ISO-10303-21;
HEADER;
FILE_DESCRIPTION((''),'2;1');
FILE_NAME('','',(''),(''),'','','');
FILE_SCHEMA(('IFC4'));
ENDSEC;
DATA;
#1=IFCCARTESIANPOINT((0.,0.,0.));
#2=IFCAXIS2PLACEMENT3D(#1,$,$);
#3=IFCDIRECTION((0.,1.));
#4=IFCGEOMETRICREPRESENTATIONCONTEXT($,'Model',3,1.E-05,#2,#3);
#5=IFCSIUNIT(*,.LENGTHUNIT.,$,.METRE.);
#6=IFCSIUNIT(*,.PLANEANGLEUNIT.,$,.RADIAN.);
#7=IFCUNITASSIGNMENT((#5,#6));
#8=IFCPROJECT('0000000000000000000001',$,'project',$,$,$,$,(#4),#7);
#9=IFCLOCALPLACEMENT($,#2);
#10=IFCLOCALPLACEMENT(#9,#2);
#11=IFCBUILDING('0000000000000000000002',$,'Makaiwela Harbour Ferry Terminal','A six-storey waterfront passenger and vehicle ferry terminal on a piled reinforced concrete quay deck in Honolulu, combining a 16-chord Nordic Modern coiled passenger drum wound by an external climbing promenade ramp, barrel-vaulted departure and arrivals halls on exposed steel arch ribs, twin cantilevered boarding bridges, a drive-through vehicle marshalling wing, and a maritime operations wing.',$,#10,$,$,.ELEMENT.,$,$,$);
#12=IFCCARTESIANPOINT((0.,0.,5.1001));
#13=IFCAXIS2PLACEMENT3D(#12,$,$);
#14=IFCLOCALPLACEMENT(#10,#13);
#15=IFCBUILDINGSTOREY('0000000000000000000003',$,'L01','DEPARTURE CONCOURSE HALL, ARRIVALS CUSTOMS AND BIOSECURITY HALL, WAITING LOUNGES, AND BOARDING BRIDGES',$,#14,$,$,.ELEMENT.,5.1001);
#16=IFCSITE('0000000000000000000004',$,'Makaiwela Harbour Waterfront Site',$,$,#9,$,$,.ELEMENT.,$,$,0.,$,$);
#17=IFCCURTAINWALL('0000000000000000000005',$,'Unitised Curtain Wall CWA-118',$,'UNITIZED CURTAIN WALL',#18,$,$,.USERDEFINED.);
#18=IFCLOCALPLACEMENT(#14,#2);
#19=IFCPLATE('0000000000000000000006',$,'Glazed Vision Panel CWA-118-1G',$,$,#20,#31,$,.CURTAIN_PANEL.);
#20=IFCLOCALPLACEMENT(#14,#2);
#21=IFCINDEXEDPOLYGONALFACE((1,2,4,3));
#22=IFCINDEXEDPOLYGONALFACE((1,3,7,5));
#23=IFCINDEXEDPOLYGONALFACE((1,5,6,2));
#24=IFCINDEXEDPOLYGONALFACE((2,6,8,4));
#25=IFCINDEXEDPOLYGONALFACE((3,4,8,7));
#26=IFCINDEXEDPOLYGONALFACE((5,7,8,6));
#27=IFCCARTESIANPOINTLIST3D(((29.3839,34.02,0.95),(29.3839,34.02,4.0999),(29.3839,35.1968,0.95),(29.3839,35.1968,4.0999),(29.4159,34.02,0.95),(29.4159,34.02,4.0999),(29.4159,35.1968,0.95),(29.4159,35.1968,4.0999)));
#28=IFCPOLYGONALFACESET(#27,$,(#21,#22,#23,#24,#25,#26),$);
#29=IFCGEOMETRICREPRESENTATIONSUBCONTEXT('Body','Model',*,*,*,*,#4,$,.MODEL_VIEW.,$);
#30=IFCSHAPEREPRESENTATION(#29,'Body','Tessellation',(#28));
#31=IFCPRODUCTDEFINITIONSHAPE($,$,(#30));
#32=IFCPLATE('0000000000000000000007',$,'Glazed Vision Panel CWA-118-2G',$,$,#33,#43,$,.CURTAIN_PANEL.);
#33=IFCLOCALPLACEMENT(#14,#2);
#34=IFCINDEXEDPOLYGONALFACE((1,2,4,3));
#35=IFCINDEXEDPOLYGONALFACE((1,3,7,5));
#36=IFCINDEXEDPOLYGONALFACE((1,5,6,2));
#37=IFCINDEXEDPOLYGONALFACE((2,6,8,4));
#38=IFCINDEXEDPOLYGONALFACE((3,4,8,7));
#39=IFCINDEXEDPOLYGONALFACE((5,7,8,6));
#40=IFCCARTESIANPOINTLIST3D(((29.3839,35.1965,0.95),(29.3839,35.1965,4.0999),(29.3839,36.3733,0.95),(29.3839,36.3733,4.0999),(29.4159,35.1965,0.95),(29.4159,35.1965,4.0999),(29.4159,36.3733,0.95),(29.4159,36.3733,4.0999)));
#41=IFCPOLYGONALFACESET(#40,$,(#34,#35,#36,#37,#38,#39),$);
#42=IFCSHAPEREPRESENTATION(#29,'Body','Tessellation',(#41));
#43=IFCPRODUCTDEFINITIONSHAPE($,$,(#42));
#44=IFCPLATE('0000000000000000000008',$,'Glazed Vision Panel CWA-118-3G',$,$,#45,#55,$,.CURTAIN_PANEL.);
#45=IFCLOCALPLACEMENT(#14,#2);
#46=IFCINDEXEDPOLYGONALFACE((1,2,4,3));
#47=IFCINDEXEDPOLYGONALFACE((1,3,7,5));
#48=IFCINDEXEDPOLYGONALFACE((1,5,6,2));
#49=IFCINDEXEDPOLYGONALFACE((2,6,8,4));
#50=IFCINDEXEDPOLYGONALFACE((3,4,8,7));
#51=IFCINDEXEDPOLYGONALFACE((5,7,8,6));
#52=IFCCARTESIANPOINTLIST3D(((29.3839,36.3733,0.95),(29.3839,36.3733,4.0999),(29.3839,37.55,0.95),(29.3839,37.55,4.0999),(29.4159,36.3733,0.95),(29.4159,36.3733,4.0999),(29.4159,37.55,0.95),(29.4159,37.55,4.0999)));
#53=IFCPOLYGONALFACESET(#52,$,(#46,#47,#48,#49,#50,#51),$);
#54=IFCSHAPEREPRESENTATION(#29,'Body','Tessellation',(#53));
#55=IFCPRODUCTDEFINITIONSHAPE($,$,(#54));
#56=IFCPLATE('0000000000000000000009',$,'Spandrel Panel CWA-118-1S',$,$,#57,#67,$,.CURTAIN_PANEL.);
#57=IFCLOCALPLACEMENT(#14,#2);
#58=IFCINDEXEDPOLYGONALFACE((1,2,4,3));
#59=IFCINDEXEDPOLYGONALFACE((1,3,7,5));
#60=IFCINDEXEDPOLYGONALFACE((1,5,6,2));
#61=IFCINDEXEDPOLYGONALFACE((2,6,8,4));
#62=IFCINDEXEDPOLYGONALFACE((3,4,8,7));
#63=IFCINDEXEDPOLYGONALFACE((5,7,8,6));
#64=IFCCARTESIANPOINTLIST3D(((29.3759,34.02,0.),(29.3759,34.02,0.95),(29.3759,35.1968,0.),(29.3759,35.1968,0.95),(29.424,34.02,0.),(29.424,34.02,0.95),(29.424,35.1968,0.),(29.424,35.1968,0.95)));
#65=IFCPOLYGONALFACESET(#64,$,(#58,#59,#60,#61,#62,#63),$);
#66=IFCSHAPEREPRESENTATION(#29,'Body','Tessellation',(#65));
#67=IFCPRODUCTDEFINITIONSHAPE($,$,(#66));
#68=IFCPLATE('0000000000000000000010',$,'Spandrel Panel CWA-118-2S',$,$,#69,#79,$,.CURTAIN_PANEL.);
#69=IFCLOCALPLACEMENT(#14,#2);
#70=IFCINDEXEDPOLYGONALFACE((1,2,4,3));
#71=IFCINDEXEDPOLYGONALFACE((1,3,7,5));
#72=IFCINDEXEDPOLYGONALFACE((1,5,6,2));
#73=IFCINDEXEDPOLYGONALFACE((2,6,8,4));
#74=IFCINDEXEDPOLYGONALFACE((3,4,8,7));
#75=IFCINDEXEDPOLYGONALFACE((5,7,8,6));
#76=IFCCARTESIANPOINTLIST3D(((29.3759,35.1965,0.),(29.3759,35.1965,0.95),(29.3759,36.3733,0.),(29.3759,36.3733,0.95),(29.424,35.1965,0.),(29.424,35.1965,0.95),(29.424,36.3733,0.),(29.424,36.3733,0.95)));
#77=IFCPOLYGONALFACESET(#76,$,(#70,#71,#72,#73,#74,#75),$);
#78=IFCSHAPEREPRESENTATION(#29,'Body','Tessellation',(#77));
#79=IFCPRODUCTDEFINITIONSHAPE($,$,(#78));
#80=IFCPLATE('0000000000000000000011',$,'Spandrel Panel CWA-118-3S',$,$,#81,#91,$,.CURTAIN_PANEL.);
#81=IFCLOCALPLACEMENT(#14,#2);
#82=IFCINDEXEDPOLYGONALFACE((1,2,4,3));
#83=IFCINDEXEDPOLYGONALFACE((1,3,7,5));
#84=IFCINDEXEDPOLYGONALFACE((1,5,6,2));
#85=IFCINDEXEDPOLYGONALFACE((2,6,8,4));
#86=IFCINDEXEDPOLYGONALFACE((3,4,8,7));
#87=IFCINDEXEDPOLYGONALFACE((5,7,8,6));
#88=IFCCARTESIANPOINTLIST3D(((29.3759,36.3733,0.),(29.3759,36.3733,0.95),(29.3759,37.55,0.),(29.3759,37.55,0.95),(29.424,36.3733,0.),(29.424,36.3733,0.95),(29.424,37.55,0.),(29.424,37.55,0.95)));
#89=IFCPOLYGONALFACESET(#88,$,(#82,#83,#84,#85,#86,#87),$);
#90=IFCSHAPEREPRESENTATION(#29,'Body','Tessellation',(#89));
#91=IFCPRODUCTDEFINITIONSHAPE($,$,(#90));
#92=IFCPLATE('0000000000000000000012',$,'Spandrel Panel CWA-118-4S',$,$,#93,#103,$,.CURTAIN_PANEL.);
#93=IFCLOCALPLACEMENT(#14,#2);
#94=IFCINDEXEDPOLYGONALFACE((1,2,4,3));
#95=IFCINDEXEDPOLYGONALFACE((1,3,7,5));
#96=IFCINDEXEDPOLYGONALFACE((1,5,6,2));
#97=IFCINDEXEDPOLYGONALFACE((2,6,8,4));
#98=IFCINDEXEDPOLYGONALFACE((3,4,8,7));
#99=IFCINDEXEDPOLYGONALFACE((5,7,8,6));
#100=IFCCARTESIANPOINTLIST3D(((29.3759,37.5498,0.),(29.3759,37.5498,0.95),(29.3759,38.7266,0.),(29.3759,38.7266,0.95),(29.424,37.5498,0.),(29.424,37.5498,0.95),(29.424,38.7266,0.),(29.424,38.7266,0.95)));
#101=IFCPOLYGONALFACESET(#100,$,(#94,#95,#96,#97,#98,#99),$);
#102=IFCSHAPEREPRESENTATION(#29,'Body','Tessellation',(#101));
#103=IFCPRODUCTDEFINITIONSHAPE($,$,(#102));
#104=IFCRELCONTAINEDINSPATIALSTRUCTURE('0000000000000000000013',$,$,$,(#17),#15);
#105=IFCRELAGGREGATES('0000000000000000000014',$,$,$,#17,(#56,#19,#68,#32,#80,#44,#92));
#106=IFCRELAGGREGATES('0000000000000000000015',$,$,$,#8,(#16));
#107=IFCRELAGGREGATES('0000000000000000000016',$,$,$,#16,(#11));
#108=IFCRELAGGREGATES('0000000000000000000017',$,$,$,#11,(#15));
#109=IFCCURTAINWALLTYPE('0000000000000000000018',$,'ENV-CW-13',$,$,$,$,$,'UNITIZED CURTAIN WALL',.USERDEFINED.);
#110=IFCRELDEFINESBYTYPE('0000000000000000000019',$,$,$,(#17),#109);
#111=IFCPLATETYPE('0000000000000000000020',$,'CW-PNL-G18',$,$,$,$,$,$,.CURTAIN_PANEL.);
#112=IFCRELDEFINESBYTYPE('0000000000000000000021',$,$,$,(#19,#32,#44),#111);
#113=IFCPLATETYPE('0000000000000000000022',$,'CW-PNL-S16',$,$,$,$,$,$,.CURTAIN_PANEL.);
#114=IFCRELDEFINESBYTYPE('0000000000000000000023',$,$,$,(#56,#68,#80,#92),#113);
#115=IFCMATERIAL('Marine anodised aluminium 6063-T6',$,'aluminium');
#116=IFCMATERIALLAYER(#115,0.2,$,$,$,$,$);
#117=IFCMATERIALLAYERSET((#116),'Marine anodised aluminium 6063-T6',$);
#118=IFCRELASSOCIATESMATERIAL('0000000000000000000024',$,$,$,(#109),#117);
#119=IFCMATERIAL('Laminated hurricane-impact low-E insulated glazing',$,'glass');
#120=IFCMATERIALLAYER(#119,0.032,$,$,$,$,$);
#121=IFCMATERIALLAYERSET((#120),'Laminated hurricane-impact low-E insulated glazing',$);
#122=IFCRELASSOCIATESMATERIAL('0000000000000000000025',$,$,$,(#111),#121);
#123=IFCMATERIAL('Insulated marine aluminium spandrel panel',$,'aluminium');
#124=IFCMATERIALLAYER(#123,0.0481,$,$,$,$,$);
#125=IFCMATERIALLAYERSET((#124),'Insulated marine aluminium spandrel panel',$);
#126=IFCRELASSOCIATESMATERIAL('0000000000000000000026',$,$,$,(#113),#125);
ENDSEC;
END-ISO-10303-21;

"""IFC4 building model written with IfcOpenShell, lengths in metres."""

from ifc_helpers import new_model, si_unit, direction, frame, origin, origin_2d, place, context, subcontext, project, spatial, rectangle, extrude, material, layer, layer_set, type_object, element, aggregate, save


model = new_model("IFC4")

# Units and contexts
model_context = context("Model", 3, precision=1e-05, world=origin(), true_north=direction((0.0, 1.0)))
body_context = subcontext(model_context, "Body", "Model", "MODEL_VIEW")
ifc_project = project(units=[si_unit("LENGTHUNIT", "METRE"), si_unit("PLANEANGLEUNIT", "RADIAN")], contexts=[model_context])

# Site, building, storey
site_placement = place(None, origin())
site = spatial("IfcSite", under=ifc_project, at=site_placement, Name="Makaiwela Harbour Waterfront Site", CompositionType="ELEMENT", RefElevation=0.0)
building_placement = place(site_placement, origin())
building = spatial("IfcBuilding", under=site, at=building_placement, Name="Makaiwela Harbour Ferry Terminal", Description="A six-storey waterfront passenger and vehicle ferry terminal on a piled reinforced concrete quay deck in Honolulu, combining a 16-chord Nordic Modern coiled passenger drum wound by an external climbing promenade ramp, barrel-vaulted departure and arrivals halls on exposed steel arch ribs, twin cantilevered boarding bridges, a drive-through vehicle marshalling wing, and a maritime operations wing.", CompositionType="ELEMENT")
storey_placement = place(building_placement, frame((0.0, 0.0, 5.1001)))
storey = spatial("IfcBuildingStorey", under=building, at=storey_placement, Name="L01", Description="DEPARTURE CONCOURSE HALL, ARRIVALS CUSTOMS AND BIOSECURITY HALL, WAITING LOUNGES, AND BOARDING BRIDGES", CompositionType="ELEMENT", Elevation=5.1001)

# Shared definitions
ifc_material_1 = material(Name="Marine anodised aluminium 6063-T6", Category="aluminium")

# Curtain wall
ifc_layer_1 = layer(ifc_material_1, 0.2)
ifc_layer_set_1 = layer_set([ifc_layer_1], Name="Marine anodised aluminium 6063-T6")
curtain_wall_type_1 = type_object("IfcCurtainWallType", Name="ENV-CW-13", ElementType="UNITIZED CURTAIN WALL", PredefinedType="USERDEFINED", material=ifc_layer_set_1)
curtain_wall_1_placement = place(storey_placement, origin())
curtain_wall_1 = element("IfcCurtainWall", 1, at=curtain_wall_1_placement, inside=storey, type_object=curtain_wall_type_1, Name="Unitised Curtain Wall CWA-118", ObjectType="UNITIZED CURTAIN WALL", PredefinedType="USERDEFINED")

# Plates
ifc_material_2 = material(Name="Laminated hurricane-impact low-E insulated glazing", Category="glass")
ifc_layer_2 = layer(ifc_material_2, 0.032)
ifc_layer_set_2 = layer_set([ifc_layer_2], Name="Laminated hurricane-impact low-E insulated glazing")
plate_type_1 = type_object("IfcPlateType", Name="CW-PNL-G18", PredefinedType="CURTAIN_PANEL", material=ifc_layer_set_2)
plate_1_placement = place(storey_placement, frame((29.3999, 34.6084, 0.95), z_axis=(0.0, 0.0, 1.0), x_axis=(0.0, 1.0, 0.0)))
plate_1 = element("IfcPlate", 2, at=plate_1_placement, type_object=plate_type_1, Name="Glazed Vision Panel CWA-118-1G", PredefinedType="CURTAIN_PANEL", context=body_context, shape_type="SweptSolid", body=[
    extrude(rectangle(XDim=1.1768, YDim=0.032, at=origin_2d()), origin(), (0.0, 0.0, 1.0), 3.1499),
])
plate_2_placement = place(storey_placement, frame((29.3999, 35.7849, 0.95), z_axis=(0.0, 0.0, 1.0), x_axis=(0.0, 1.0, 0.0)))
plate_2 = element("IfcPlate", 3, at=plate_2_placement, type_object=plate_type_1, Name="Glazed Vision Panel CWA-118-2G", PredefinedType="CURTAIN_PANEL", context=body_context, shape_type="SweptSolid", body=[
    extrude(rectangle(XDim=1.1768, YDim=0.032, at=origin_2d()), origin(), (0.0, 0.0, 1.0), 3.1499),
])
plate_3_placement = place(storey_placement, frame((29.3999, 36.9617, 0.95), z_axis=(0.0, 0.0, 1.0), x_axis=(0.0, 1.0, 0.0)))
plate_3 = element("IfcPlate", 4, at=plate_3_placement, type_object=plate_type_1, Name="Glazed Vision Panel CWA-118-3G", PredefinedType="CURTAIN_PANEL", context=body_context, shape_type="SweptSolid", body=[
    extrude(rectangle(XDim=1.1768, YDim=0.032, at=origin_2d()), origin(), (0.0, 0.0, 1.0), 3.1499),
])
ifc_material_3 = material(Name="Insulated marine aluminium spandrel panel", Category="aluminium")
ifc_layer_3 = layer(ifc_material_3, 0.0481)
ifc_layer_set_3 = layer_set([ifc_layer_3], Name="Insulated marine aluminium spandrel panel")
plate_type_2 = type_object("IfcPlateType", Name="CW-PNL-S16", PredefinedType="CURTAIN_PANEL", material=ifc_layer_set_3)
plate_4_placement = place(storey_placement, frame((29.3999, 34.6084, 0.0), z_axis=(0.0, 0.0, 1.0), x_axis=(0.0, 1.0, 0.0)))
plate_4 = element("IfcPlate", 5, at=plate_4_placement, type_object=plate_type_2, Name="Spandrel Panel CWA-118-1S", PredefinedType="CURTAIN_PANEL", context=body_context, shape_type="SweptSolid", body=[
    extrude(rectangle(XDim=1.1768, YDim=0.0481, at=origin_2d()), origin(), (0.0, 0.0, 1.0), 0.95),
])
plate_5_placement = place(storey_placement, frame((29.3999, 35.7849, 0.0), z_axis=(0.0, 0.0, 1.0), x_axis=(0.0, 1.0, 0.0)))
plate_5 = element("IfcPlate", 6, at=plate_5_placement, type_object=plate_type_2, Name="Spandrel Panel CWA-118-2S", PredefinedType="CURTAIN_PANEL", context=body_context, shape_type="SweptSolid", body=[
    extrude(rectangle(XDim=1.1768, YDim=0.0481, at=origin_2d()), origin(), (0.0, 0.0, 1.0), 0.95),
])
plate_6_placement = place(storey_placement, frame((29.3999, 36.9617, 0.0), z_axis=(0.0, 0.0, 1.0), x_axis=(0.0, 1.0, 0.0)))
plate_6 = element("IfcPlate", 7, at=plate_6_placement, type_object=plate_type_2, Name="Spandrel Panel CWA-118-3S", PredefinedType="CURTAIN_PANEL", context=body_context, shape_type="SweptSolid", body=[
    extrude(rectangle(XDim=1.1768, YDim=0.0481, at=origin_2d()), origin(), (0.0, 0.0, 1.0), 0.95),
])
plate_7_placement = place(storey_placement, frame((29.3999, 38.1382, 0.0), z_axis=(0.0, 0.0, 1.0), x_axis=(0.0, 1.0, 0.0)))
plate_7 = element("IfcPlate", 8, at=plate_7_placement, type_object=plate_type_2, Name="Spandrel Panel CWA-118-4S", PredefinedType="CURTAIN_PANEL", context=body_context, shape_type="SweptSolid", body=[
    extrude(rectangle(XDim=1.1768, YDim=0.0481, at=origin_2d()), origin(), (0.0, 0.0, 1.0), 0.95),
])
aggregate(curtain_wall_1, [plate_4, plate_1, plate_5, plate_2, plate_6, plate_3, plate_7])

save(model, "model.ifc")
